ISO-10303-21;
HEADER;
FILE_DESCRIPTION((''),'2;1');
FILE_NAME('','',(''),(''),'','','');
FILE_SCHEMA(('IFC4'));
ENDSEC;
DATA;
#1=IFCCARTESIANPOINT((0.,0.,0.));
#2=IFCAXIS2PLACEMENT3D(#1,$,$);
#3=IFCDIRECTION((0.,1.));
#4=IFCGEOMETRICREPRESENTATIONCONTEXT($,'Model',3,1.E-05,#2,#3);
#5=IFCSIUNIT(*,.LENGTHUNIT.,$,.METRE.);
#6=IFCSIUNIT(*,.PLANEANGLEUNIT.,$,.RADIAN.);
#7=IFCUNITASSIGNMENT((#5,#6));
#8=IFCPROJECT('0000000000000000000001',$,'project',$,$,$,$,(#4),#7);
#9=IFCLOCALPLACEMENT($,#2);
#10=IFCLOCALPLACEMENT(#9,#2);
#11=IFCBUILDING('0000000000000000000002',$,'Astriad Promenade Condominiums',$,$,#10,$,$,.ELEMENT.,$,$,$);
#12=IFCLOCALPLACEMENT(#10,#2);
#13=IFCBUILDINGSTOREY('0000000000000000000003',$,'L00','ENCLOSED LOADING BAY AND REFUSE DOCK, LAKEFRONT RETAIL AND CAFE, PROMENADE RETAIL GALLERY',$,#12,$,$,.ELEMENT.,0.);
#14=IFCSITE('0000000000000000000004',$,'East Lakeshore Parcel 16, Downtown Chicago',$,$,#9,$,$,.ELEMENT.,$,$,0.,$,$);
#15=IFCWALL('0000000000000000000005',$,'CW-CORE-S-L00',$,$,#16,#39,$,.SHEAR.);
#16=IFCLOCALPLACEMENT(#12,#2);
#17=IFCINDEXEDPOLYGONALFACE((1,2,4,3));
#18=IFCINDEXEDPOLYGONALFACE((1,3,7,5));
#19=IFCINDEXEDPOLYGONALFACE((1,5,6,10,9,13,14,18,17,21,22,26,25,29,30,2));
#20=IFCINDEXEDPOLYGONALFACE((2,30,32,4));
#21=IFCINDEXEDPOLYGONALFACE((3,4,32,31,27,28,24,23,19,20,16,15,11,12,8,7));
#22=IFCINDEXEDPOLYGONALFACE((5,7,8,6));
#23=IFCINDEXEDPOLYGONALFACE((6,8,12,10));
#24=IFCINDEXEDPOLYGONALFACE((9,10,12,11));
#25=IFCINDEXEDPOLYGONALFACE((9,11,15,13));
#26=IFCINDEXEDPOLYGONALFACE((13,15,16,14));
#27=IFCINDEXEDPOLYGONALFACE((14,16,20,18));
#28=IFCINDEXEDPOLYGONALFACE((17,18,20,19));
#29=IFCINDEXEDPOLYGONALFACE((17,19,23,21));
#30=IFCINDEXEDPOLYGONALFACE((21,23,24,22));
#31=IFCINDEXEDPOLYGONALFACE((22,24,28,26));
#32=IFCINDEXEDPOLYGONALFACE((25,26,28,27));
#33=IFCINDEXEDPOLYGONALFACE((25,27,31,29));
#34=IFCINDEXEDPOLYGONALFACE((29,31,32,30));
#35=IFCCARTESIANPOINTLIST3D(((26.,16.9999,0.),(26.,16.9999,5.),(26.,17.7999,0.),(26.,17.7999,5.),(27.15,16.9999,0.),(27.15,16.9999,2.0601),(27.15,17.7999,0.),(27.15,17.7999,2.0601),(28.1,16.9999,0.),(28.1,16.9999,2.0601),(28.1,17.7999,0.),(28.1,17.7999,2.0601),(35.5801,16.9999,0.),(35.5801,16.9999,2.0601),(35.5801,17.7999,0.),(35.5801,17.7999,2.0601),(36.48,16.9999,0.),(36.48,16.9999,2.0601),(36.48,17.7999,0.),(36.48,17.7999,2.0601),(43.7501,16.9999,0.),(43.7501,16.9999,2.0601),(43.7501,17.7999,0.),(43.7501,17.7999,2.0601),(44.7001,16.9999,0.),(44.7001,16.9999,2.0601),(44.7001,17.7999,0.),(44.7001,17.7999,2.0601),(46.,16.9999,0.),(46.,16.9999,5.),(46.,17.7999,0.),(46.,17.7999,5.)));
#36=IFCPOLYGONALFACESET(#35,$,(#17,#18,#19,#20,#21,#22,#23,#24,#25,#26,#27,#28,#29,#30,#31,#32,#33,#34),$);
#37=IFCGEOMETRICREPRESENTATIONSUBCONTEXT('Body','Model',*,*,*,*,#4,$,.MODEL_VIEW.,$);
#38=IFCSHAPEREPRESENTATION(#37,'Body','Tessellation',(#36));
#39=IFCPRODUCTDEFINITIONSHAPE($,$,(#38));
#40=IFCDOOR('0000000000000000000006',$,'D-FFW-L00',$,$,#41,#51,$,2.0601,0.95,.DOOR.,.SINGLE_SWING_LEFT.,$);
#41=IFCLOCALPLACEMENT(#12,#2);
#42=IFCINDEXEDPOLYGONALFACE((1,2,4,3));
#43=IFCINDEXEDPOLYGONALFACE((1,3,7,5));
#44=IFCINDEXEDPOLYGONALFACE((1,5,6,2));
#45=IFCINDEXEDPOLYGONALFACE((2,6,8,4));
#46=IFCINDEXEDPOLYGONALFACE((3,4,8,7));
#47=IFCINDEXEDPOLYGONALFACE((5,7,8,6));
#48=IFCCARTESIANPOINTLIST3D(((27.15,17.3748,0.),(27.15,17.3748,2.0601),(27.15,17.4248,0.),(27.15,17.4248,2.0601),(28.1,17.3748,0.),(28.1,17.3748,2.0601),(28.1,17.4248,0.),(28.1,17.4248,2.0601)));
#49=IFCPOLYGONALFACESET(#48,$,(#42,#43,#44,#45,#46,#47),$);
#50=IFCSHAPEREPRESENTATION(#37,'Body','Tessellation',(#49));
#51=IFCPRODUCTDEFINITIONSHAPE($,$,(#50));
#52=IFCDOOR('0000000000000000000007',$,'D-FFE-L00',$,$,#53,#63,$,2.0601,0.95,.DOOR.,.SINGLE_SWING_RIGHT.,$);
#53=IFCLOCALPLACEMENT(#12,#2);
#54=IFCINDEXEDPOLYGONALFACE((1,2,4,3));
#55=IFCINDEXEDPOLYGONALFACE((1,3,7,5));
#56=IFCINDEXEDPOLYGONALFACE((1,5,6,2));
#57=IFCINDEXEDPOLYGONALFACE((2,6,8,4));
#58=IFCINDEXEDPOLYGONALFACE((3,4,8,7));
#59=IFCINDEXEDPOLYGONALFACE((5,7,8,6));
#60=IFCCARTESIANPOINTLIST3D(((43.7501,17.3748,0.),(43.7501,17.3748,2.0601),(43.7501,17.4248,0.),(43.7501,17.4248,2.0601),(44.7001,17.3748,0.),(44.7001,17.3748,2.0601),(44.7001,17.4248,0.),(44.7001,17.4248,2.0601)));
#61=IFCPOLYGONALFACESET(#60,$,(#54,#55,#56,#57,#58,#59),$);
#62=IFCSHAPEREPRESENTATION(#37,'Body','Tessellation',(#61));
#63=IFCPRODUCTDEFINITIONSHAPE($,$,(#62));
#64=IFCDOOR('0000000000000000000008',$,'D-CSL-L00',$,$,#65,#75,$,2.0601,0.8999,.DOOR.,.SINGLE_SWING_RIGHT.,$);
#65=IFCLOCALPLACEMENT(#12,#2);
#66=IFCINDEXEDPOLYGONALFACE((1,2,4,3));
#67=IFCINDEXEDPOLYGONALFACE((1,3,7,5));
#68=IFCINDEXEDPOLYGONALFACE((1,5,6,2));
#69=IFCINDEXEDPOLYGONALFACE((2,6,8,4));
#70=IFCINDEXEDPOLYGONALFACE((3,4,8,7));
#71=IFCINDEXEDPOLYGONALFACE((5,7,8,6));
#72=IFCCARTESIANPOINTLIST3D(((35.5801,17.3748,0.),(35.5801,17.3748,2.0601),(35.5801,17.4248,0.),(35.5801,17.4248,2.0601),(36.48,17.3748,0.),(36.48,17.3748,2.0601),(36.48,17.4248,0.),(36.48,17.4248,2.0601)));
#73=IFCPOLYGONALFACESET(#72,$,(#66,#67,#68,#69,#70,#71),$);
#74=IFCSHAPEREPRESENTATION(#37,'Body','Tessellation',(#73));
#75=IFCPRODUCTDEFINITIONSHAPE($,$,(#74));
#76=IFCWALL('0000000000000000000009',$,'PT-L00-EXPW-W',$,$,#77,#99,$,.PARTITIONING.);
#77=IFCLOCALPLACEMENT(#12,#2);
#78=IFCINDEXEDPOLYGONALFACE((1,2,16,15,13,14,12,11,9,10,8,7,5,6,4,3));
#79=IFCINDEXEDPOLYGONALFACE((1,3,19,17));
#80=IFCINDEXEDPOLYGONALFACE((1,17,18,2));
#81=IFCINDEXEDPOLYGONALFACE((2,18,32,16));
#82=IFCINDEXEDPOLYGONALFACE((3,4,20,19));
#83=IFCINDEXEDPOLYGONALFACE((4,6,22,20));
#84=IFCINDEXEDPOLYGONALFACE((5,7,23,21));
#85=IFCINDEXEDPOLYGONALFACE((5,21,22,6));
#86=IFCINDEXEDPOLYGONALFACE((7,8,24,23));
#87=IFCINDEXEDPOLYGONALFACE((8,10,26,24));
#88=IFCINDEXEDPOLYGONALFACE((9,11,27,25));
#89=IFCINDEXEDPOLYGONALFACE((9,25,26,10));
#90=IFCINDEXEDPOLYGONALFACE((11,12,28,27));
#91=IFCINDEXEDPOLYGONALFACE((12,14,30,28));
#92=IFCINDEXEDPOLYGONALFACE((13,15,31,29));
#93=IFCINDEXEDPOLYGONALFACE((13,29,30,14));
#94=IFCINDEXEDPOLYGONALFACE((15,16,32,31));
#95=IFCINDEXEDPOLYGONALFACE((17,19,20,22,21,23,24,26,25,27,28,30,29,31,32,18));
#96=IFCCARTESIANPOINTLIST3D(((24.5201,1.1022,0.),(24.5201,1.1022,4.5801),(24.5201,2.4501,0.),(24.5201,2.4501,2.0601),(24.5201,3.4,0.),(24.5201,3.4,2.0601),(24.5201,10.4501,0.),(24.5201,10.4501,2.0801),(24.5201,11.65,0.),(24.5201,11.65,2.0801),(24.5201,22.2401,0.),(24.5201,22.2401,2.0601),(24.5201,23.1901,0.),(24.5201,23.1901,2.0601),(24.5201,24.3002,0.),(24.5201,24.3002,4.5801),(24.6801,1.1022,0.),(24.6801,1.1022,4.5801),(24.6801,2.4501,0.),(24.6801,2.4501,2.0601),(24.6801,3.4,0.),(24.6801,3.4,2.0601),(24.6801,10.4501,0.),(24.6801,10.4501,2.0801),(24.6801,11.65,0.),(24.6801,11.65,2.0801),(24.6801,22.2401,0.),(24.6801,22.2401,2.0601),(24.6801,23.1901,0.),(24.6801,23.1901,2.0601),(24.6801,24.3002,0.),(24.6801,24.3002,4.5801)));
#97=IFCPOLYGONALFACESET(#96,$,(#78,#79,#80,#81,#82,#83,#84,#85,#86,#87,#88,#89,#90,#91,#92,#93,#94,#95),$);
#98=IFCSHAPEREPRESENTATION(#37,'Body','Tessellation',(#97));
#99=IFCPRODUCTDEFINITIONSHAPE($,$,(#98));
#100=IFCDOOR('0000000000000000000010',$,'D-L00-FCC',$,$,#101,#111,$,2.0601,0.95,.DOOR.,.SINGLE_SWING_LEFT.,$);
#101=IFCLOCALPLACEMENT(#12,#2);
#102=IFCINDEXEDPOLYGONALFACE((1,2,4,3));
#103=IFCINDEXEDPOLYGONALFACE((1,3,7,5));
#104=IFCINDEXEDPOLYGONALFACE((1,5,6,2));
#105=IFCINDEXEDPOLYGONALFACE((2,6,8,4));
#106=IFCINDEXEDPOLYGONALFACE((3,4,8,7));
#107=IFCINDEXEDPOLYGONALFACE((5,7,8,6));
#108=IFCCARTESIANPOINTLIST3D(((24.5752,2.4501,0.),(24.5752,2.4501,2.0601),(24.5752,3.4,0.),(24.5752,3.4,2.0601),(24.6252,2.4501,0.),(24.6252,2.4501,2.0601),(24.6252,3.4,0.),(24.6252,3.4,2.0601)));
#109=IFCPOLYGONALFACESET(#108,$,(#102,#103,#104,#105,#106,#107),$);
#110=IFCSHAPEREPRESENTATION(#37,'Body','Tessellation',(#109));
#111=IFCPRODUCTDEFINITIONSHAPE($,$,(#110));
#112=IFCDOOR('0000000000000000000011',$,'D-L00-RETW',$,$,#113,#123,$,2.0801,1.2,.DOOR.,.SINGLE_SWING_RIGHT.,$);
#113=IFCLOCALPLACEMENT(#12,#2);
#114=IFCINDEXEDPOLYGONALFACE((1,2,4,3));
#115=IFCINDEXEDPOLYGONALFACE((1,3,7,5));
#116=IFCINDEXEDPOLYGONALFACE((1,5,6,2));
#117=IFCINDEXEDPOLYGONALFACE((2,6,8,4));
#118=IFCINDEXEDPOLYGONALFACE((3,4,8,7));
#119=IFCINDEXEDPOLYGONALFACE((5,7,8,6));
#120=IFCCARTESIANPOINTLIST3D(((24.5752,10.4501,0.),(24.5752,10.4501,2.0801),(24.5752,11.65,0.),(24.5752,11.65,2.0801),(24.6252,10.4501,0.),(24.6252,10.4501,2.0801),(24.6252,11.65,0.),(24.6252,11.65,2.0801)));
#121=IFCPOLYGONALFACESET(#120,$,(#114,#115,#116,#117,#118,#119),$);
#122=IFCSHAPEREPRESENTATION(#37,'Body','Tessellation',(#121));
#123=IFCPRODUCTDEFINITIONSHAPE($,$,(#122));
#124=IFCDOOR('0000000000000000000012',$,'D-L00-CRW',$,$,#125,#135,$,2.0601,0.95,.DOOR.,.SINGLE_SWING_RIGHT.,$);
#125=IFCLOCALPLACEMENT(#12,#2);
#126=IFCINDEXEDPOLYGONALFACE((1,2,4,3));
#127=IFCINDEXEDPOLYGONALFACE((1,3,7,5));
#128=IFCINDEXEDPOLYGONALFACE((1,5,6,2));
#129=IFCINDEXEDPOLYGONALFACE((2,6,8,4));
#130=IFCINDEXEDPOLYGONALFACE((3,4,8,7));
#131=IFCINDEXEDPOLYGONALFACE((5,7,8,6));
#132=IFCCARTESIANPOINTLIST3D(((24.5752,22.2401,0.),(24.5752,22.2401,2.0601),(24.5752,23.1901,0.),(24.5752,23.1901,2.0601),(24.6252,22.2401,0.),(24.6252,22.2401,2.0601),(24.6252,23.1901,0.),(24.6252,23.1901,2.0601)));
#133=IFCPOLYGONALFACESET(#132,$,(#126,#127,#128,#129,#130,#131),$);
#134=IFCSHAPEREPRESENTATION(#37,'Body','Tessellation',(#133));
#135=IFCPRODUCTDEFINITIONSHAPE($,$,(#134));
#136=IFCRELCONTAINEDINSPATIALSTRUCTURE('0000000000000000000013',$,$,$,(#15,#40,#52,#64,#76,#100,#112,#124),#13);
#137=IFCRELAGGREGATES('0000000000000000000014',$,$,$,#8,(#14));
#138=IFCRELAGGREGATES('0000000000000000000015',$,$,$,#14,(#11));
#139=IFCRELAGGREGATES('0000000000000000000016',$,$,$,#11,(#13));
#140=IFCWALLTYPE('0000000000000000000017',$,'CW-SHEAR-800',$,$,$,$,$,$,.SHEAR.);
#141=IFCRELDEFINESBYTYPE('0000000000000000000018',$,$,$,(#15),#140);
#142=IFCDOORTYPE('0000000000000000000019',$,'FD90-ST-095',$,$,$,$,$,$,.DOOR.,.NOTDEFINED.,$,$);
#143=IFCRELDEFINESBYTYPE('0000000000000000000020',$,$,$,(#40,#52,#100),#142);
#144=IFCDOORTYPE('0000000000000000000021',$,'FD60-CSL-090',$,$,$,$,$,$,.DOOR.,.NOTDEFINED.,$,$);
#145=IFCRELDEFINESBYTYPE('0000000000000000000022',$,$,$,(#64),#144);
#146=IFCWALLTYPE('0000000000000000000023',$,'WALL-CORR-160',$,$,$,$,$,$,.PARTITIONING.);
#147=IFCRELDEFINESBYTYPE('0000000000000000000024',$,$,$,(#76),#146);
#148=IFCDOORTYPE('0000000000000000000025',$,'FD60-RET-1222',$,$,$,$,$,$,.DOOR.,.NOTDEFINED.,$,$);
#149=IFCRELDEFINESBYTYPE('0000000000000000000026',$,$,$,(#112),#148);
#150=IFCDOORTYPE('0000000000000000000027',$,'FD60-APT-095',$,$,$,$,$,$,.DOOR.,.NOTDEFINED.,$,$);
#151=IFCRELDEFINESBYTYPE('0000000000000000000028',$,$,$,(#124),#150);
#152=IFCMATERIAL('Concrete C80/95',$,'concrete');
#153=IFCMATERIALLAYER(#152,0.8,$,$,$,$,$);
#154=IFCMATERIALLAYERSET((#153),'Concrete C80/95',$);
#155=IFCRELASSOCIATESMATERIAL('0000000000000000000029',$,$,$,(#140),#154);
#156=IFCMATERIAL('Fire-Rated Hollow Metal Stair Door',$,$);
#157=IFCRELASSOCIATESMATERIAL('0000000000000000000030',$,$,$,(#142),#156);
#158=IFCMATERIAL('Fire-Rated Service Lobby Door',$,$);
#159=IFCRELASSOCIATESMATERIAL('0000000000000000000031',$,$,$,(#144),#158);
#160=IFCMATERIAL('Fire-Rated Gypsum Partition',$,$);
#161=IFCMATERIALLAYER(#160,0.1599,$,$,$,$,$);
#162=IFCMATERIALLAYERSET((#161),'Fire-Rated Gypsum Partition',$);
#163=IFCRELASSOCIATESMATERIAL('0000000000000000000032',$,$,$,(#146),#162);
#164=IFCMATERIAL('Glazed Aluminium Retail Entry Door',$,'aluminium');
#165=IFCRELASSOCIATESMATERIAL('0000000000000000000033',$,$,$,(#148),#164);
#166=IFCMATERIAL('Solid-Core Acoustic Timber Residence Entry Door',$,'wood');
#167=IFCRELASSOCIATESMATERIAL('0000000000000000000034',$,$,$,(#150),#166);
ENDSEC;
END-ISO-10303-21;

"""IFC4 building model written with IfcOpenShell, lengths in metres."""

from ifc_helpers import new_model, si_unit, direction, frame, frame_2d, origin, place, context, subcontext, project, spatial, rectangle, extrude, source, transform, mapped, material, layer, layer_set, type_object, type_shapes, element, fill, save


model = new_model("IFC4")

# Units and contexts
model_context = context("Model", 3, precision=1e-05, world=origin(), true_north=direction((0.0, 1.0)))
body_context = subcontext(model_context, "Body", "Model", "MODEL_VIEW")
ifc_project = project(units=[si_unit("LENGTHUNIT", "METRE"), si_unit("PLANEANGLEUNIT", "RADIAN")], contexts=[model_context])

# Site, building, storey
site_placement = place(None, origin())
site = spatial("IfcSite", under=ifc_project, at=site_placement, Name="East Lakeshore Parcel 16, Downtown Chicago", CompositionType="ELEMENT", RefElevation=0.0)
building_placement = place(site_placement, origin())
building = spatial("IfcBuilding", under=site, at=building_placement, Name="Astriad Promenade Condominiums", CompositionType="ELEMENT")
storey_placement = place(building_placement, origin())
storey = spatial("IfcBuildingStorey", under=building, at=storey_placement, Name="L00", Description="ENCLOSED LOADING BAY AND REFUSE DOCK, LAKEFRONT RETAIL AND CAFE, PROMENADE RETAIL GALLERY", CompositionType="ELEMENT", Elevation=0.0)

# Shared definitions
ifc_material_1 = material(Name="Concrete C80/95", Category="concrete")

# Walls, openings, doors
ifc_layer_1 = layer(ifc_material_1, 0.8)
ifc_layer_set_1 = layer_set([ifc_layer_1], Name="Concrete C80/95")
wall_type_1 = type_object("IfcWallType", Name="CW-SHEAR-800", PredefinedType="SHEAR", material=ifc_layer_set_1)
wall_1_placement = place(storey_placement, frame((26.0, 17.3999, 0.0), z_axis=(0.0, 0.0, 1.0), x_axis=(1.0, 0.0, 0.0)))
wall_1 = element("IfcWall", 1, at=wall_1_placement, inside=storey, type_object=wall_type_1, Name="CW-CORE-S-L00", PredefinedType="SHEAR", context=body_context, shape_type="SweptSolid", body=[
    extrude(rectangle(XDim=20.0, YDim=0.8, at=frame_2d((10.0, 0.0))), origin(), (0.0, 0.0, 1.0), 5.0),
])
opening_1_placement = place(wall_1_placement, frame((1.1499, 0.0, 0.0)))
opening_1 = element("IfcOpeningElement", 2, at=opening_1_placement, cuts=wall_1, PredefinedType="OPENING", context=body_context, shape_type="SweptSolid", body=[
    extrude(rectangle(XDim=0.95, YDim=2.0601, at=frame_2d((0.4751, 1.03))), frame((0.0, 0.4099, 0.0), z_axis=(0.0, -1.0, 0.0), x_axis=(1.0, 0.0, 0.0)), (0.0, 0.0, 1.0), 0.8201),
])
opening_2_placement = place(wall_1_placement, frame((9.5801, 0.0, 0.0)))
opening_2 = element("IfcOpeningElement", 3, at=opening_2_placement, cuts=wall_1, PredefinedType="OPENING", context=body_context, shape_type="SweptSolid", body=[
    extrude(rectangle(XDim=0.8999, YDim=2.0601, at=frame_2d((0.45, 1.03))), frame((0.0, 0.4099, 0.0), z_axis=(0.0, -1.0, 0.0), x_axis=(1.0, 0.0, 0.0)), (0.0, 0.0, 1.0), 0.8201),
])
opening_3_placement = place(wall_1_placement, frame((17.75, 0.0, 0.0)))
opening_3 = element("IfcOpeningElement", 4, at=opening_3_placement, cuts=wall_1, PredefinedType="OPENING", context=body_context, shape_type="SweptSolid", body=[
    extrude(rectangle(XDim=0.95, YDim=2.0601, at=frame_2d((0.4751, 1.03))), frame((0.0, 0.4099, 0.0), z_axis=(0.0, -1.0, 0.0), x_axis=(1.0, 0.0, 0.0)), (0.0, 0.0, 1.0), 0.8201),
])
ifc_material_2 = material(Name="Fire-Rated Hollow Metal Stair Door")
door_type_1 = type_object("IfcDoorType", Name="FD90-ST-095", OperationType="NOTDEFINED", PredefinedType="DOOR", material=ifc_material_2)
shared_shape_1 = source(origin(), body_context, "Body", "SweptSolid", [
    extrude(rectangle(XDim=0.95, YDim=2.0601, at=frame_2d((0.4751, 1.03))), frame((0.0, 0.0249, 0.0), z_axis=(0.0, -1.0, 0.0), x_axis=(1.0, 0.0, 0.0)), (0.0, 0.0, 1.0), 0.05),
])
type_shapes(door_type_1, [shared_shape_1])
door_1_placement = place(opening_1_placement, origin())
door_1 = element("IfcDoor", 5, at=door_1_placement, inside=storey, type_object=door_type_1, Name="D-FFW-L00", OperationType="SINGLE_SWING_LEFT", OverallHeight=2.0601, OverallWidth=0.95, PredefinedType="DOOR", context=body_context, shape_type="MappedRepresentation", body=[
    mapped(shared_shape_1, transform((0.0, 0.0, 0.0), scale=1.0)),
])
fill(opening_1, door_1)
door_2_placement = place(opening_3_placement, origin())
door_2 = element("IfcDoor", 6, at=door_2_placement, inside=storey, type_object=door_type_1, Name="D-FFE-L00", OperationType="SINGLE_SWING_RIGHT", OverallHeight=2.0601, OverallWidth=0.95, PredefinedType="DOOR", context=body_context, shape_type="MappedRepresentation", body=[
    mapped(shared_shape_1, transform((0.0, 0.0, 0.0), scale=1.0)),
])
fill(opening_3, door_2)
ifc_material_3 = material(Name="Fire-Rated Service Lobby Door")
door_type_2 = type_object("IfcDoorType", Name="FD60-CSL-090", OperationType="NOTDEFINED", PredefinedType="DOOR", material=ifc_material_3)
shared_shape_2 = source(origin(), body_context, "Body", "SweptSolid", [
    extrude(rectangle(XDim=0.8999, YDim=2.0601, at=frame_2d((0.45, 1.03))), frame((0.0, 0.0249, 0.0), z_axis=(0.0, -1.0, 0.0), x_axis=(1.0, 0.0, 0.0)), (0.0, 0.0, 1.0), 0.05),
])
type_shapes(door_type_2, [shared_shape_2])
door_3_placement = place(opening_2_placement, origin())
door_3 = element("IfcDoor", 7, at=door_3_placement, inside=storey, type_object=door_type_2, Name="D-CSL-L00", OperationType="SINGLE_SWING_RIGHT", OverallHeight=2.0601, OverallWidth=0.8999, PredefinedType="DOOR", context=body_context, shape_type="MappedRepresentation", body=[
    mapped(shared_shape_2, transform((0.0, 0.0, 0.0), scale=1.0)),
])
fill(opening_2, door_3)
ifc_material_4 = material(Name="Fire-Rated Gypsum Partition")
ifc_layer_2 = layer(ifc_material_4, 0.1599)
ifc_layer_set_2 = layer_set([ifc_layer_2], Name="Fire-Rated Gypsum Partition")
wall_type_2 = type_object("IfcWallType", Name="WALL-CORR-160", PredefinedType="PARTITIONING", material=ifc_layer_set_2)
wall_2_placement = place(storey_placement, frame((24.6001, 1.1021, 0.0), z_axis=(0.0, 0.0, 1.0), x_axis=(0.0, 1.0, 0.0)))
wall_2 = element("IfcWall", 8, at=wall_2_placement, inside=storey, type_object=wall_type_2, Name="PT-L00-EXPW-W", PredefinedType="PARTITIONING", context=body_context, shape_type="SweptSolid", body=[
    extrude(rectangle(XDim=23.198, YDim=0.1599, at=frame_2d((11.5991, 0.0))), origin(), (0.0, 0.0, 1.0), 4.5801),
])
opening_4_placement = place(wall_2_placement, frame((1.3479, 0.0, 0.0)))
opening_4 = element("IfcOpeningElement", 9, at=opening_4_placement, cuts=wall_2, PredefinedType="OPENING", context=body_context, shape_type="SweptSolid", body=[
    extrude(rectangle(XDim=0.95, YDim=2.0601, at=frame_2d((0.4751, 1.03))), frame((0.0, 0.0898, 0.0), z_axis=(0.0, -1.0, 0.0), x_axis=(1.0, 0.0, 0.0)), (0.0, 0.0, 1.0), 0.1799),
])
opening_5_placement = place(wall_2_placement, frame((9.3479, 0.0, 0.0)))
opening_5 = element("IfcOpeningElement", 10, at=opening_5_placement, cuts=wall_2, PredefinedType="OPENING", context=body_context, shape_type="SweptSolid", body=[
    extrude(rectangle(XDim=1.2, YDim=2.0801, at=frame_2d((0.6001, 1.04))), frame((0.0, 0.0898, 0.0), z_axis=(0.0, -1.0, 0.0), x_axis=(1.0, 0.0, 0.0)), (0.0, 0.0, 1.0), 0.1799),
])
opening_6_placement = place(wall_2_placement, frame((21.1379, 0.0, 0.0)))
opening_6 = element("IfcOpeningElement", 11, at=opening_6_placement, cuts=wall_2, PredefinedType="OPENING", context=body_context, shape_type="SweptSolid", body=[
    extrude(rectangle(XDim=0.95, YDim=2.0601, at=frame_2d((0.4751, 1.03))), frame((0.0, 0.0898, 0.0), z_axis=(0.0, -1.0, 0.0), x_axis=(1.0, 0.0, 0.0)), (0.0, 0.0, 1.0), 0.1799),
])
door_4_placement = place(opening_4_placement, origin())
door_4 = element("IfcDoor", 12, at=door_4_placement, inside=storey, type_object=door_type_1, Name="D-L00-FCC", OperationType="SINGLE_SWING_LEFT", OverallHeight=2.0601, OverallWidth=0.95, PredefinedType="DOOR", context=body_context, shape_type="MappedRepresentation", body=[
    mapped(shared_shape_1, transform((0.0, 0.0, 0.0), scale=1.0)),
])
fill(opening_4, door_4)
ifc_material_5 = material(Name="Glazed Aluminium Retail Entry Door", Category="aluminium")
door_type_3 = type_object("IfcDoorType", Name="FD60-RET-1222", OperationType="NOTDEFINED", PredefinedType="DOOR", material=ifc_material_5)
shared_shape_3 = source(origin(), body_context, "Body", "SweptSolid", [
    extrude(rectangle(XDim=1.2, YDim=2.0801, at=frame_2d((0.6001, 1.04))), frame((0.0, 0.0249, 0.0), z_axis=(0.0, -1.0, 0.0), x_axis=(1.0, 0.0, 0.0)), (0.0, 0.0, 1.0), 0.05),
])
type_shapes(door_type_3, [shared_shape_3])
door_5_placement = place(opening_5_placement, origin())
door_5 = element("IfcDoor", 13, at=door_5_placement, inside=storey, type_object=door_type_3, Name="D-L00-RETW", OperationType="SINGLE_SWING_RIGHT", OverallHeight=2.0801, OverallWidth=1.2, PredefinedType="DOOR", context=body_context, shape_type="MappedRepresentation", body=[
    mapped(shared_shape_3, transform((0.0, 0.0, 0.0), scale=1.0)),
])
fill(opening_5, door_5)
ifc_material_6 = material(Name="Solid-Core Acoustic Timber Residence Entry Door", Category="wood")
door_type_4 = type_object("IfcDoorType", Name="FD60-APT-095", OperationType="NOTDEFINED", PredefinedType="DOOR", material=ifc_material_6)
shared_shape_4 = source(origin(), body_context, "Body", "SweptSolid", [
    extrude(rectangle(XDim=0.95, YDim=2.0601, at=frame_2d((0.4751, 1.03))), frame((0.0, 0.0249, 0.0), z_axis=(0.0, -1.0, 0.0), x_axis=(1.0, 0.0, 0.0)), (0.0, 0.0, 1.0), 0.05),
])
type_shapes(door_type_4, [shared_shape_4])
door_6_placement = place(opening_6_placement, origin())
door_6 = element("IfcDoor", 14, at=door_6_placement, inside=storey, type_object=door_type_4, Name="D-L00-CRW", OperationType="SINGLE_SWING_RIGHT", OverallHeight=2.0601, OverallWidth=0.95, PredefinedType="DOOR", context=body_context, shape_type="MappedRepresentation", body=[
    mapped(shared_shape_4, transform((0.0, 0.0, 0.0), scale=1.0)),
])
fill(opening_6, door_6)

save(model, "model.ifc")
